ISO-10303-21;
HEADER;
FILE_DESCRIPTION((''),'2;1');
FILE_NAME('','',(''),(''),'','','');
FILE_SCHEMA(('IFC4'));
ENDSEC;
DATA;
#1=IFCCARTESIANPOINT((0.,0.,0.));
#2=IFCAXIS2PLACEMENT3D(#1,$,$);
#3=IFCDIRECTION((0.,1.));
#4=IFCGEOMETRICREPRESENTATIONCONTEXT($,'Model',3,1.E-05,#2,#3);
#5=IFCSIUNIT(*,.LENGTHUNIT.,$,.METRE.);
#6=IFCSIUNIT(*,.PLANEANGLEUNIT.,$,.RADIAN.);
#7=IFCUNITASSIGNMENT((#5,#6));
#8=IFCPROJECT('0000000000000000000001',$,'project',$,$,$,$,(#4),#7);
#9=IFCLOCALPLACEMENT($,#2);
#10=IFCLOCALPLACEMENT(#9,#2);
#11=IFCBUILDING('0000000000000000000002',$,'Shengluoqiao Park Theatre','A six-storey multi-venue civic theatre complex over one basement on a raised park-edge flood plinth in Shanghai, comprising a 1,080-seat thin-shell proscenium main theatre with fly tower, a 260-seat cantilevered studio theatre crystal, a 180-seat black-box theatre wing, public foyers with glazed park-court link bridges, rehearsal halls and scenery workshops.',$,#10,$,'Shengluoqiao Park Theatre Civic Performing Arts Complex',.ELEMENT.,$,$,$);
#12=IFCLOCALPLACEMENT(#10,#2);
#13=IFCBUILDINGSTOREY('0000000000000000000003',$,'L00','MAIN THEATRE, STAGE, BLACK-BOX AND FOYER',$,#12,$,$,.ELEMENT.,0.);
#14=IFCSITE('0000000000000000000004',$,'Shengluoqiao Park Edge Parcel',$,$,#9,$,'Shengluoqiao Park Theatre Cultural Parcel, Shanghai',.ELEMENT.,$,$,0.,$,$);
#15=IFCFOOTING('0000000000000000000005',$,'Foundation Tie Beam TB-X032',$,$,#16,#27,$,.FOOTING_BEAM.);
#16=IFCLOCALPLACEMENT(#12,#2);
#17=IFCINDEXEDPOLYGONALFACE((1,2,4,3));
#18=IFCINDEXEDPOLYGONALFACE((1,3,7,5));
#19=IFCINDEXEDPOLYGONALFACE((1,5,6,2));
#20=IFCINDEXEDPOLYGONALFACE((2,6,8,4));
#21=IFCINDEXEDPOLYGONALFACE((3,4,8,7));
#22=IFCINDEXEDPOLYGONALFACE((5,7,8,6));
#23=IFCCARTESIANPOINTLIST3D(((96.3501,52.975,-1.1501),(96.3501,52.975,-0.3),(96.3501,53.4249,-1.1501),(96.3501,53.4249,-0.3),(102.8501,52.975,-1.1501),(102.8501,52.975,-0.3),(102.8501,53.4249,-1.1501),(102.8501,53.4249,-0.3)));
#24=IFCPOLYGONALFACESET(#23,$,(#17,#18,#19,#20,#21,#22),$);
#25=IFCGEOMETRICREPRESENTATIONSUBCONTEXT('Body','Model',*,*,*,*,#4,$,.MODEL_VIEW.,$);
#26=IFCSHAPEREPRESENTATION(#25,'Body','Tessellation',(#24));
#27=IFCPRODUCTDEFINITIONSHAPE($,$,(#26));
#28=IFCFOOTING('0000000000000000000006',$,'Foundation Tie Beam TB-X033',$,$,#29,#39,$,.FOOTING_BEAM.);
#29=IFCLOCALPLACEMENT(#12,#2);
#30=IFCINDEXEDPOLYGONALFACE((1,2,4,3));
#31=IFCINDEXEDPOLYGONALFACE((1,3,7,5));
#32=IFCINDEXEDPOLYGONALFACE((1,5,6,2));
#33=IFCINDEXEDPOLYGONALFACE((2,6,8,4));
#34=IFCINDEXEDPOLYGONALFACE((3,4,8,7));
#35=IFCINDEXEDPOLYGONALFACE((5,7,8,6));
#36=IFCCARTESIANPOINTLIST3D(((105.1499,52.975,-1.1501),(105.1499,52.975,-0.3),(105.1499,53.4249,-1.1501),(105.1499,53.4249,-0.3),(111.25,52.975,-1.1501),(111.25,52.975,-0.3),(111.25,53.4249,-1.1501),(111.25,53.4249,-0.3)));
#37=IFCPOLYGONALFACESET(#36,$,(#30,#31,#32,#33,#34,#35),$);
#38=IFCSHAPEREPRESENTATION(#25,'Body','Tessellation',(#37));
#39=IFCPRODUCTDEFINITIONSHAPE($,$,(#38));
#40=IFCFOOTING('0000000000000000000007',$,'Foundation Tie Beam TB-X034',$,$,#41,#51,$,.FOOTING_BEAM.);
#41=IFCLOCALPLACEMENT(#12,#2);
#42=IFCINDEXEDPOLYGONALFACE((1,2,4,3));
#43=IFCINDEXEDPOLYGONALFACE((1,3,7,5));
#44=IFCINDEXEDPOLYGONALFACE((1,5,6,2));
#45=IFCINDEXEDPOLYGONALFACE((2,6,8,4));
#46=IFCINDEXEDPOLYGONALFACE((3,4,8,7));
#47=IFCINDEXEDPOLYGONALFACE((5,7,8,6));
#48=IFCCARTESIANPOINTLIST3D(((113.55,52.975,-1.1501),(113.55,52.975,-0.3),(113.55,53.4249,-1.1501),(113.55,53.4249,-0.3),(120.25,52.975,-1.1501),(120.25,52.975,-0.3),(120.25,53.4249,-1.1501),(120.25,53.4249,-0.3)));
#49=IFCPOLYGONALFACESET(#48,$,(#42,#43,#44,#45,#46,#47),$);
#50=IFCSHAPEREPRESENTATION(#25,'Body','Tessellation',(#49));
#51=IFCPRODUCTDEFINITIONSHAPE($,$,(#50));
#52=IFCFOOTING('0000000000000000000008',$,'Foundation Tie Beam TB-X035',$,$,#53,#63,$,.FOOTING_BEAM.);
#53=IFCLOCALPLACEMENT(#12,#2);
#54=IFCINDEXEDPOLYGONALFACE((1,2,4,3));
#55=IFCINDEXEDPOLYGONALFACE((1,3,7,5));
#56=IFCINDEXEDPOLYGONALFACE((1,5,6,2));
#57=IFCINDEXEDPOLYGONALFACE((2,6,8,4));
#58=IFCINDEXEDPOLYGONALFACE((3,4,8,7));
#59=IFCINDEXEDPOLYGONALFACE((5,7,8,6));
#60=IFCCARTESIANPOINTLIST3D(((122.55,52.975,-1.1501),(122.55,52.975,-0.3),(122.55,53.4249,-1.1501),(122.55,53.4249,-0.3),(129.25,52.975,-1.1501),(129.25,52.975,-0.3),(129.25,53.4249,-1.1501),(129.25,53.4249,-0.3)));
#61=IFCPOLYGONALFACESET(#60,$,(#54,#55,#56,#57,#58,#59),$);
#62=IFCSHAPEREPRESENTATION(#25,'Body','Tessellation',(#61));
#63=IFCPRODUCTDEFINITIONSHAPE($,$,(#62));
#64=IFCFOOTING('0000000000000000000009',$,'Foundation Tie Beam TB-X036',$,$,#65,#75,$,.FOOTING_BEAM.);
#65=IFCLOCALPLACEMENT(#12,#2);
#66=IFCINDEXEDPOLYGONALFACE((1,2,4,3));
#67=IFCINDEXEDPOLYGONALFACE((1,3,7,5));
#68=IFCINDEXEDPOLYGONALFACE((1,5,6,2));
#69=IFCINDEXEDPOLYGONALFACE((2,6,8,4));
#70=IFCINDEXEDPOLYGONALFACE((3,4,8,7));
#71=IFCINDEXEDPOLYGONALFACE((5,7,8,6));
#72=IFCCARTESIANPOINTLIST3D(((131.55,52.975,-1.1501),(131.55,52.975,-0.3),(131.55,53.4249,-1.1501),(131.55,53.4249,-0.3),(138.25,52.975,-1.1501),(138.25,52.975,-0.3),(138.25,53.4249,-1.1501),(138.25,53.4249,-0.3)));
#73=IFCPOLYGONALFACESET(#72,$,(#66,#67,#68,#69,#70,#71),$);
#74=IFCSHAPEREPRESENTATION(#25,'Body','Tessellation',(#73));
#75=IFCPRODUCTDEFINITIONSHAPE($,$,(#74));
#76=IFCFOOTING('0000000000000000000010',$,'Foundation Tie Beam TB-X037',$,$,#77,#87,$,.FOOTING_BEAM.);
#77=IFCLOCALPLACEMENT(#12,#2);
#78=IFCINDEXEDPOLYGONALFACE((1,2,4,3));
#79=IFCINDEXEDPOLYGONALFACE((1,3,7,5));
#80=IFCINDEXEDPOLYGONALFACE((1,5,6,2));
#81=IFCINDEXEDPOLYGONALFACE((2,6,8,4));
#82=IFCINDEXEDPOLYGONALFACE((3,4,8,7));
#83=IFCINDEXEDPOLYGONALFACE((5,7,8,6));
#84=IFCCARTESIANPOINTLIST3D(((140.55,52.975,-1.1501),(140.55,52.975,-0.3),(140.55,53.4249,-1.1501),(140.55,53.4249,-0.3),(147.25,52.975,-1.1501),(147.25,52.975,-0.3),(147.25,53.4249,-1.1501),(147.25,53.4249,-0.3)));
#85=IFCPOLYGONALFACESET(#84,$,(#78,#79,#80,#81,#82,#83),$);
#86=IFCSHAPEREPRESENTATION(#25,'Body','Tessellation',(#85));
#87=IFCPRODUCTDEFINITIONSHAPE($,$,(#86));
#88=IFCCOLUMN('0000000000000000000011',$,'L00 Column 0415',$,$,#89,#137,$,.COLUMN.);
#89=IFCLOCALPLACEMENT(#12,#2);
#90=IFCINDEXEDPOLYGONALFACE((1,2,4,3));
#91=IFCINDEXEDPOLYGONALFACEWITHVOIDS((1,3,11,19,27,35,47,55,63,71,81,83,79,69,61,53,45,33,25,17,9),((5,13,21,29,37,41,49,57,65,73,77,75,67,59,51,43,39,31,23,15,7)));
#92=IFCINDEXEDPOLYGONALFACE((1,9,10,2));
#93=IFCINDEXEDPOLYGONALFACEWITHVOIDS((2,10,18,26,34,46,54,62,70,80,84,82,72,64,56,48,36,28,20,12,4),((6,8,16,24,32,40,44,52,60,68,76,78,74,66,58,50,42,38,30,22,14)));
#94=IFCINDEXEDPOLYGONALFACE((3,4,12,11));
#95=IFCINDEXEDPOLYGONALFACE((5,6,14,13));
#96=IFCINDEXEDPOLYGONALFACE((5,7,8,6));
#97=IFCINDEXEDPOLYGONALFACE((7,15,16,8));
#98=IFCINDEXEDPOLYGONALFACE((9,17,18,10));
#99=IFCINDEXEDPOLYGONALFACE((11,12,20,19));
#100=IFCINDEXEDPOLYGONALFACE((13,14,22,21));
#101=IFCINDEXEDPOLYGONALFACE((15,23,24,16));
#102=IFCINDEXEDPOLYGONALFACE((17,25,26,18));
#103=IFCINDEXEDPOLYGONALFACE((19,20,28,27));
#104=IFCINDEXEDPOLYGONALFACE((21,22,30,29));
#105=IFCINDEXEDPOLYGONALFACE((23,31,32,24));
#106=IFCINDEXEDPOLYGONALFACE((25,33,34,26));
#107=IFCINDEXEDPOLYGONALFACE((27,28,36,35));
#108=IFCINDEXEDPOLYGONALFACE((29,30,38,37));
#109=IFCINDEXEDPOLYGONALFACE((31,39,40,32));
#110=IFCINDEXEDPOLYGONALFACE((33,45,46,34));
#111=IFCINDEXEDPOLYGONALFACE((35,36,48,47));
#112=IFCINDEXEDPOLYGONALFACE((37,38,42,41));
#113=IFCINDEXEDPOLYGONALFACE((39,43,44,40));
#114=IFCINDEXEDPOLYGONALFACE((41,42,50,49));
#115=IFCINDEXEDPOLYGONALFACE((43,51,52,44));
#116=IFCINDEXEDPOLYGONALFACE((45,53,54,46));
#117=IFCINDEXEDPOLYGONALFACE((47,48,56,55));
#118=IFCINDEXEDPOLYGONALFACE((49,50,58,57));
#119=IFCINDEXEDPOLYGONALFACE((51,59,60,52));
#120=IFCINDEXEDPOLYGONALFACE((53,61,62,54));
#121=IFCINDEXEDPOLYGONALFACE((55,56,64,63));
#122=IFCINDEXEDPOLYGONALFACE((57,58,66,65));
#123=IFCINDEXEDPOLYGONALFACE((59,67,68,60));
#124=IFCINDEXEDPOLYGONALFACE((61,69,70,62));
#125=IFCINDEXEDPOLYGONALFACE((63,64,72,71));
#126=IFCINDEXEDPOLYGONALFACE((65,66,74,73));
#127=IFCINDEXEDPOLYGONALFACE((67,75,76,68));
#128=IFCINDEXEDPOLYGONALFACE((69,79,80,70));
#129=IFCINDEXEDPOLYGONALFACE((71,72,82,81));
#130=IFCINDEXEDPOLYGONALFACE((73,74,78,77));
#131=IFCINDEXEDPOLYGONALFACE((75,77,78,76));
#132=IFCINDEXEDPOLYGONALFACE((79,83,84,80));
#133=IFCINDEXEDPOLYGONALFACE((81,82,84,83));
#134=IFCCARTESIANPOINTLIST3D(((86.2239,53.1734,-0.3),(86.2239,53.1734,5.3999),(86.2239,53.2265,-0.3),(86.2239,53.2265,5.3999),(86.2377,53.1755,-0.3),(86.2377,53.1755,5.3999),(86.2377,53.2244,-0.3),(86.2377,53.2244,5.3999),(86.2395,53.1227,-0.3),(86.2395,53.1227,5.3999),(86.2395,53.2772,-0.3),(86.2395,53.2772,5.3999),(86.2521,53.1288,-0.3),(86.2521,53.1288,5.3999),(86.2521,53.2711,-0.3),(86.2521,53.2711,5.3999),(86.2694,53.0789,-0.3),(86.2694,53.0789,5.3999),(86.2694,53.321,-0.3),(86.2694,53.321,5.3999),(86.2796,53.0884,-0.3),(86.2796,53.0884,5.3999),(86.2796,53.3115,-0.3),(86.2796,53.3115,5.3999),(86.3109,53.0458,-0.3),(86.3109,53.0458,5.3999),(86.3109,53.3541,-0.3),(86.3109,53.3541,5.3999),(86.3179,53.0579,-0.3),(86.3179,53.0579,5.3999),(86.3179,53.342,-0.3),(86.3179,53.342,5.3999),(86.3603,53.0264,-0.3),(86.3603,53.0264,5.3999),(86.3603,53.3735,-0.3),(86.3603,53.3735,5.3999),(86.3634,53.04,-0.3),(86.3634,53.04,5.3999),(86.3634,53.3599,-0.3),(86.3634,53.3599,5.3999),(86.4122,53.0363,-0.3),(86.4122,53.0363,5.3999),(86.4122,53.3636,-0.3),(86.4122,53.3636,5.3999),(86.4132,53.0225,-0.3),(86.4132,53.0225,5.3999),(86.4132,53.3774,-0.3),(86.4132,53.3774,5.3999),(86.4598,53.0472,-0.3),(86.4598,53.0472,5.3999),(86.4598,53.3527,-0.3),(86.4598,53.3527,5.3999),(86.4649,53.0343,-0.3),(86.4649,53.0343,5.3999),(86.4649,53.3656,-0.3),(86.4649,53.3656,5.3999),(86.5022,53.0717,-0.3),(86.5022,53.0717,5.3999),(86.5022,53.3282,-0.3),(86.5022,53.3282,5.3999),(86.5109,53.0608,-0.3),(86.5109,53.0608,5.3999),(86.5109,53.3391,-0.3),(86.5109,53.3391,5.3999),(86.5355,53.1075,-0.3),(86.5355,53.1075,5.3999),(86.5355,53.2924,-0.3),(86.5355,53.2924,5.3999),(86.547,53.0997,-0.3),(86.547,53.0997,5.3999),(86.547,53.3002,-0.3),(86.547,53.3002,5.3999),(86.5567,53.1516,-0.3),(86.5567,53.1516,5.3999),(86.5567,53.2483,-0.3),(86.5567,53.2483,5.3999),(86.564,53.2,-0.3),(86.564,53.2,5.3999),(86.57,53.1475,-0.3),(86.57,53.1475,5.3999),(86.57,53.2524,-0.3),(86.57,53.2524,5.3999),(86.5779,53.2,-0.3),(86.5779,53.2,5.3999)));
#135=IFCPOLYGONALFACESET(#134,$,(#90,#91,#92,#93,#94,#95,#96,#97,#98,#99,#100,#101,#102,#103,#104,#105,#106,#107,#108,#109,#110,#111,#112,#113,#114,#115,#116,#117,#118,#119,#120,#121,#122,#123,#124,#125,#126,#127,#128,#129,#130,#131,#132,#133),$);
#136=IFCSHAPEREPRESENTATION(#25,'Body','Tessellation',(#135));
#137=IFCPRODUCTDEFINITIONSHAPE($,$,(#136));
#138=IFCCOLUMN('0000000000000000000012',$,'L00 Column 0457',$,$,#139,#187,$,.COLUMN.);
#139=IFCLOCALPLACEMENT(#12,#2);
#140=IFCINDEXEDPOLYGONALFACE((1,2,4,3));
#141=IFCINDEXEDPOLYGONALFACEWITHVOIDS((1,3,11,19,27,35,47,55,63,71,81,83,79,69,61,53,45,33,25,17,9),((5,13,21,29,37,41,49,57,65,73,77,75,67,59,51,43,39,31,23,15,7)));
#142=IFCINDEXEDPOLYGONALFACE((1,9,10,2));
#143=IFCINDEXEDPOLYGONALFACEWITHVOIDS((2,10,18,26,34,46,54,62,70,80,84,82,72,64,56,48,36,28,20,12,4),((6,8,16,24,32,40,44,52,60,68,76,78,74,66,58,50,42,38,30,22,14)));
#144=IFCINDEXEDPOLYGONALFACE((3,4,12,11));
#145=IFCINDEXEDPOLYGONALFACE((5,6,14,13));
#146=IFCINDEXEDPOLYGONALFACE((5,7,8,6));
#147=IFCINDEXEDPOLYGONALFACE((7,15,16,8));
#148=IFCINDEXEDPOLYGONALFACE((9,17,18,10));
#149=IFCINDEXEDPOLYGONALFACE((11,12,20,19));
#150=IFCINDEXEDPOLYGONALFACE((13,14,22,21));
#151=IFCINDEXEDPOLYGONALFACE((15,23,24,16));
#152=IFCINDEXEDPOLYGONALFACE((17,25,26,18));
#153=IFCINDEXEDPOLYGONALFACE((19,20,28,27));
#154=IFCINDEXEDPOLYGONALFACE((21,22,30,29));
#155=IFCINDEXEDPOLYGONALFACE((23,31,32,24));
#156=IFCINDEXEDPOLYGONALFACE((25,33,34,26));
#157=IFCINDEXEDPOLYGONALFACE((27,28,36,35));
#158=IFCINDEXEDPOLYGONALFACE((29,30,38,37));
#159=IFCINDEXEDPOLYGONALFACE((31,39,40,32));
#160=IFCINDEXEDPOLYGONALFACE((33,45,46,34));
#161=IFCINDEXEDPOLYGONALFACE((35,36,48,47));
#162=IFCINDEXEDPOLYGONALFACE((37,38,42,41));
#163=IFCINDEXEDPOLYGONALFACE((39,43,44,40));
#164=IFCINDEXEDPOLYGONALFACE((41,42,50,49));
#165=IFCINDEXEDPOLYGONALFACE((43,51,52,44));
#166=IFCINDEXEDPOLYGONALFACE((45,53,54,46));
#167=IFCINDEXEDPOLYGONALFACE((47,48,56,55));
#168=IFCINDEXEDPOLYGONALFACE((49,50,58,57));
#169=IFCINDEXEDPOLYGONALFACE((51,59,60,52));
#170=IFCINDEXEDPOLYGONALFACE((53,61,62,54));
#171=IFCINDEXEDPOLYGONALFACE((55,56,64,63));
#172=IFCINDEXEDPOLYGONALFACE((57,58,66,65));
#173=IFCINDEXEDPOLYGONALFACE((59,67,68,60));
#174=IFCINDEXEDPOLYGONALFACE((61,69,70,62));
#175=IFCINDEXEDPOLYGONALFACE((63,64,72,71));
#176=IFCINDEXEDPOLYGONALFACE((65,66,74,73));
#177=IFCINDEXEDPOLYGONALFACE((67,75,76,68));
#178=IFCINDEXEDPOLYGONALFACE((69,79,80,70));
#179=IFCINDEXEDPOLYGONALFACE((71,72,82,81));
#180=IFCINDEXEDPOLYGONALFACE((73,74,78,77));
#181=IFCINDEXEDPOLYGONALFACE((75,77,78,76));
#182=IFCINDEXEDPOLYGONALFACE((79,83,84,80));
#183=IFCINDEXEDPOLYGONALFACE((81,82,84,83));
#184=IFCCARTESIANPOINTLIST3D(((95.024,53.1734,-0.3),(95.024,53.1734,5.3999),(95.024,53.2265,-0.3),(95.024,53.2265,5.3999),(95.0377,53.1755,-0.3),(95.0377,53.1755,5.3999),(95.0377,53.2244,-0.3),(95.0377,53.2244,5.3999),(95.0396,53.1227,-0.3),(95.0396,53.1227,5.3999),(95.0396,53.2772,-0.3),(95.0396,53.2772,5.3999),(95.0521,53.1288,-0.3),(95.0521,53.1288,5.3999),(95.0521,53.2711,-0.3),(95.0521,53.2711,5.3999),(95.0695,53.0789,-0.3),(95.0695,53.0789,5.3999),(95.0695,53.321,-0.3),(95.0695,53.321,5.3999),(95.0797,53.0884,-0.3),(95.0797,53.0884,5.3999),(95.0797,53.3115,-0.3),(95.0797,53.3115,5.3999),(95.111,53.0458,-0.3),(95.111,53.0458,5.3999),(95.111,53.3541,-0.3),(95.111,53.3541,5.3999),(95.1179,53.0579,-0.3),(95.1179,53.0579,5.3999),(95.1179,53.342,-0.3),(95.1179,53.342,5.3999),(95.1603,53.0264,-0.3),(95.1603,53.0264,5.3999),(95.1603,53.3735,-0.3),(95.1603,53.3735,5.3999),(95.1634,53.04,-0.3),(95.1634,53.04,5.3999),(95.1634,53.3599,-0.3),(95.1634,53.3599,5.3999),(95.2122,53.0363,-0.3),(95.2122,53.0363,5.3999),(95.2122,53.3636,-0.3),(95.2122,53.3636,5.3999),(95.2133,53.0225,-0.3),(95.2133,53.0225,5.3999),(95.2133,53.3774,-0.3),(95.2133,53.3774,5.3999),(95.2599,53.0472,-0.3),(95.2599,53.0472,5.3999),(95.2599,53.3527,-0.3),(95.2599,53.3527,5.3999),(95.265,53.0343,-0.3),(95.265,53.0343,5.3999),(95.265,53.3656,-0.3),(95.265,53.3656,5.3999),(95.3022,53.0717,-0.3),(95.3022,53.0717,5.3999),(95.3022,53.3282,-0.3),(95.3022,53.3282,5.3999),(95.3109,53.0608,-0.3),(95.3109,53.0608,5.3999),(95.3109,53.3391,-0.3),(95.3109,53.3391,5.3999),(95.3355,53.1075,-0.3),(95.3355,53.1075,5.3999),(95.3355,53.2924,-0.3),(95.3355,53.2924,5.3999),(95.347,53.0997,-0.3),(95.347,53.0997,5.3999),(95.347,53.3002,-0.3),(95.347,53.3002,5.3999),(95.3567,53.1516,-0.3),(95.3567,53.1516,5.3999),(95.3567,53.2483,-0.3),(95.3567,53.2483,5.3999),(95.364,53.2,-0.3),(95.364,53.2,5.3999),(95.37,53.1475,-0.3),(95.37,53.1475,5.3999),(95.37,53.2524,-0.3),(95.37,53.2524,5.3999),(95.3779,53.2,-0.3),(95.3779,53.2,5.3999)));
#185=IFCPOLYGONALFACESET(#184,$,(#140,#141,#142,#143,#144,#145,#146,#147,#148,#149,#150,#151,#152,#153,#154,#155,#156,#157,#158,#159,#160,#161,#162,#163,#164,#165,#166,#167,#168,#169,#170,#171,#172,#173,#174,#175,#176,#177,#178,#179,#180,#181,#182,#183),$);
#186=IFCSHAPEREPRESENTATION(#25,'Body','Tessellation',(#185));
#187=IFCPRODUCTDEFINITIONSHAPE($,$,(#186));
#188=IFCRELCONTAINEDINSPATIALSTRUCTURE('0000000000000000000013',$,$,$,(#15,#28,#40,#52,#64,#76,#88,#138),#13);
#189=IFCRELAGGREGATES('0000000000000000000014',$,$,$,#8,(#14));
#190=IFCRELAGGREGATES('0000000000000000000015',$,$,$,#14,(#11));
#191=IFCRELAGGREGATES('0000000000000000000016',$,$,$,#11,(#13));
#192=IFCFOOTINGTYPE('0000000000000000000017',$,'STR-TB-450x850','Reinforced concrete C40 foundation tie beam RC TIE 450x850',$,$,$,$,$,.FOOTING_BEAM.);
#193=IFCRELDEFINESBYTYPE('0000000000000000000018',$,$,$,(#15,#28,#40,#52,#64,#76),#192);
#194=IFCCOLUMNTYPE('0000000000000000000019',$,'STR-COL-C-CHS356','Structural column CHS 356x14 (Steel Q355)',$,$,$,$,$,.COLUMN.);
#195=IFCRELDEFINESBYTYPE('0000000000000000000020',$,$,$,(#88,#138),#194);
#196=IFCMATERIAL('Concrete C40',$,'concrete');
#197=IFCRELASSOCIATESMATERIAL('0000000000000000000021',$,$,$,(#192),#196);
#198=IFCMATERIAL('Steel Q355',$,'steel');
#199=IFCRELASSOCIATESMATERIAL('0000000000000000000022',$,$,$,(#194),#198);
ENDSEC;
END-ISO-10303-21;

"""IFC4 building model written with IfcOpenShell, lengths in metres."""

from ifc_helpers import new_model, si_unit, direction, frame, origin, origin_2d, place, context, subcontext, project, spatial, rectangle, hollow_circle, extrude, material, material_profile, profile_set, type_object, element, save


model = new_model("IFC4")

# Units and contexts
model_context = context("Model", 3, precision=1e-05, world=origin(), true_north=direction((0.0, 1.0)))
body_context = subcontext(model_context, "Body", "Model", "MODEL_VIEW")
ifc_project = project(units=[si_unit("LENGTHUNIT", "METRE"), si_unit("PLANEANGLEUNIT", "RADIAN")], contexts=[model_context])

# Site, building, storey
site_placement = place(None, origin())
site = spatial("IfcSite", under=ifc_project, at=site_placement, Name="Shengluoqiao Park Edge Parcel", LongName="Shengluoqiao Park Theatre Cultural Parcel, Shanghai", CompositionType="ELEMENT", RefElevation=0.0)
building_placement = place(site_placement, origin())
building = spatial("IfcBuilding", under=site, at=building_placement, Name="Shengluoqiao Park Theatre", Description="A six-storey multi-venue civic theatre complex over one basement on a raised park-edge flood plinth in Shanghai, comprising a 1,080-seat thin-shell proscenium main theatre with fly tower, a 260-seat cantilevered studio theatre crystal, a 180-seat black-box theatre wing, public foyers with glazed park-court link bridges, rehearsal halls and scenery workshops.", LongName="Shengluoqiao Park Theatre Civic Performing Arts Complex", CompositionType="ELEMENT")
storey_placement = place(building_placement, origin())
storey = spatial("IfcBuildingStorey", under=building, at=storey_placement, Name="L00", Description="MAIN THEATRE, STAGE, BLACK-BOX AND FOYER", CompositionType="ELEMENT", Elevation=0.0)

# Footings
ifc_material_1 = material(Name="Concrete C40", Category="concrete")
ifc_material_profile_1 = material_profile(ifc_material_1, rectangle(XDim=0.45, YDim=0.8501, at=origin_2d()), Name="RC TIE 450x850")
ifc_profile_set_1 = profile_set([ifc_material_profile_1], Name="Concrete C40")
footing_type_1 = type_object("IfcFootingType", Name="STR-TB-450x850", Description="Reinforced concrete C40 foundation tie beam RC TIE 450x850", PredefinedType="FOOTING_BEAM", material=ifc_profile_set_1)
for number, where, z_axis, x_axis, name in (
    (1, (96.3501, 53.2, -0.7251), (1.0, 0.0, 0.0), (0.0, 1.0, 0.0), "Foundation Tie Beam TB-X032"),
):
    element("IfcFooting", number, at=place(storey_placement, frame(where, z_axis=z_axis, x_axis=x_axis)), inside=storey, type_object=footing_type_1, Name=name, PredefinedType="FOOTING_BEAM", context=body_context, shape_type="SweptSolid", body=[
        extrude(rectangle(XDim=0.45, YDim=0.8501, at=origin_2d()), origin(), (0.0, 0.0, 1.0), 6.5),
    ])
footing_1_placement = place(storey_placement, frame((105.1499, 53.2, -0.7251), z_axis=(1.0, 0.0, 0.0), x_axis=(0.0, 1.0, 0.0)))
element("IfcFooting", 2, at=footing_1_placement, inside=storey, type_object=footing_type_1, Name="Foundation Tie Beam TB-X033", PredefinedType="FOOTING_BEAM", context=body_context, shape_type="SweptSolid", body=[
    extrude(rectangle(XDim=0.45, YDim=0.8501, at=origin_2d()), origin(), (0.0, 0.0, 1.0), 6.1001),
])
for number, where, z_axis, x_axis, name in (
    (3, (113.55, 53.2, -0.7251), (1.0, 0.0, 0.0), (0.0, 1.0, 0.0), "Foundation Tie Beam TB-X034"),
    (4, (122.55, 53.2, -0.7251), (1.0, 0.0, 0.0), (0.0, 1.0, 0.0), "Foundation Tie Beam TB-X035"),
    (5, (131.55, 53.2, -0.7251), (1.0, 0.0, 0.0), (0.0, 1.0, 0.0), "Foundation Tie Beam TB-X036"),
    (6, (140.55, 53.2, -0.7251), (1.0, 0.0, 0.0), (0.0, 1.0, 0.0), "Foundation Tie Beam TB-X037"),
):
    element("IfcFooting", number, at=place(storey_placement, frame(where, z_axis=z_axis, x_axis=x_axis)), inside=storey, type_object=footing_type_1, Name=name, PredefinedType="FOOTING_BEAM", context=body_context, shape_type="SweptSolid", body=[
        extrude(rectangle(XDim=0.45, YDim=0.8501, at=origin_2d()), origin(), (0.0, 0.0, 1.0), 6.7),
    ])

# Columns
ifc_material_2 = material(Name="Steel Q355", Category="steel")
ifc_material_profile_2 = material_profile(ifc_material_2, hollow_circle(Radius=0.178, WallThickness=0.0139, at=origin_2d()), Name="CHS 356x14")
ifc_profile_set_2 = profile_set([ifc_material_profile_2], Name="Steel Q355")
column_type_1 = type_object("IfcColumnType", Name="STR-COL-C-CHS356", Description="Structural column CHS 356x14 (Steel Q355)", PredefinedType="COLUMN", material=ifc_profile_set_2)
for number, where, z_axis, x_axis, name in (
    (7, (86.3999, 53.2, -0.3), (0.0, 0.0, 1.0), (1.0, 0.0, 0.0), "L00 Column 0415"),
    (8, (95.2, 53.2, -0.3), (0.0, 0.0, 1.0), (1.0, 0.0, 0.0), "L00 Column 0457"),
):
    element("IfcColumn", number, at=place(storey_placement, frame(where, z_axis=z_axis, x_axis=x_axis)), inside=storey, type_object=column_type_1, Name=name, PredefinedType="COLUMN", context=body_context, shape_type="SweptSolid", body=[
        extrude(hollow_circle(Radius=0.178, WallThickness=0.0139, at=origin_2d()), origin(), (0.0, 0.0, 1.0), 5.7),
    ])

save(model, "model.ifc")
